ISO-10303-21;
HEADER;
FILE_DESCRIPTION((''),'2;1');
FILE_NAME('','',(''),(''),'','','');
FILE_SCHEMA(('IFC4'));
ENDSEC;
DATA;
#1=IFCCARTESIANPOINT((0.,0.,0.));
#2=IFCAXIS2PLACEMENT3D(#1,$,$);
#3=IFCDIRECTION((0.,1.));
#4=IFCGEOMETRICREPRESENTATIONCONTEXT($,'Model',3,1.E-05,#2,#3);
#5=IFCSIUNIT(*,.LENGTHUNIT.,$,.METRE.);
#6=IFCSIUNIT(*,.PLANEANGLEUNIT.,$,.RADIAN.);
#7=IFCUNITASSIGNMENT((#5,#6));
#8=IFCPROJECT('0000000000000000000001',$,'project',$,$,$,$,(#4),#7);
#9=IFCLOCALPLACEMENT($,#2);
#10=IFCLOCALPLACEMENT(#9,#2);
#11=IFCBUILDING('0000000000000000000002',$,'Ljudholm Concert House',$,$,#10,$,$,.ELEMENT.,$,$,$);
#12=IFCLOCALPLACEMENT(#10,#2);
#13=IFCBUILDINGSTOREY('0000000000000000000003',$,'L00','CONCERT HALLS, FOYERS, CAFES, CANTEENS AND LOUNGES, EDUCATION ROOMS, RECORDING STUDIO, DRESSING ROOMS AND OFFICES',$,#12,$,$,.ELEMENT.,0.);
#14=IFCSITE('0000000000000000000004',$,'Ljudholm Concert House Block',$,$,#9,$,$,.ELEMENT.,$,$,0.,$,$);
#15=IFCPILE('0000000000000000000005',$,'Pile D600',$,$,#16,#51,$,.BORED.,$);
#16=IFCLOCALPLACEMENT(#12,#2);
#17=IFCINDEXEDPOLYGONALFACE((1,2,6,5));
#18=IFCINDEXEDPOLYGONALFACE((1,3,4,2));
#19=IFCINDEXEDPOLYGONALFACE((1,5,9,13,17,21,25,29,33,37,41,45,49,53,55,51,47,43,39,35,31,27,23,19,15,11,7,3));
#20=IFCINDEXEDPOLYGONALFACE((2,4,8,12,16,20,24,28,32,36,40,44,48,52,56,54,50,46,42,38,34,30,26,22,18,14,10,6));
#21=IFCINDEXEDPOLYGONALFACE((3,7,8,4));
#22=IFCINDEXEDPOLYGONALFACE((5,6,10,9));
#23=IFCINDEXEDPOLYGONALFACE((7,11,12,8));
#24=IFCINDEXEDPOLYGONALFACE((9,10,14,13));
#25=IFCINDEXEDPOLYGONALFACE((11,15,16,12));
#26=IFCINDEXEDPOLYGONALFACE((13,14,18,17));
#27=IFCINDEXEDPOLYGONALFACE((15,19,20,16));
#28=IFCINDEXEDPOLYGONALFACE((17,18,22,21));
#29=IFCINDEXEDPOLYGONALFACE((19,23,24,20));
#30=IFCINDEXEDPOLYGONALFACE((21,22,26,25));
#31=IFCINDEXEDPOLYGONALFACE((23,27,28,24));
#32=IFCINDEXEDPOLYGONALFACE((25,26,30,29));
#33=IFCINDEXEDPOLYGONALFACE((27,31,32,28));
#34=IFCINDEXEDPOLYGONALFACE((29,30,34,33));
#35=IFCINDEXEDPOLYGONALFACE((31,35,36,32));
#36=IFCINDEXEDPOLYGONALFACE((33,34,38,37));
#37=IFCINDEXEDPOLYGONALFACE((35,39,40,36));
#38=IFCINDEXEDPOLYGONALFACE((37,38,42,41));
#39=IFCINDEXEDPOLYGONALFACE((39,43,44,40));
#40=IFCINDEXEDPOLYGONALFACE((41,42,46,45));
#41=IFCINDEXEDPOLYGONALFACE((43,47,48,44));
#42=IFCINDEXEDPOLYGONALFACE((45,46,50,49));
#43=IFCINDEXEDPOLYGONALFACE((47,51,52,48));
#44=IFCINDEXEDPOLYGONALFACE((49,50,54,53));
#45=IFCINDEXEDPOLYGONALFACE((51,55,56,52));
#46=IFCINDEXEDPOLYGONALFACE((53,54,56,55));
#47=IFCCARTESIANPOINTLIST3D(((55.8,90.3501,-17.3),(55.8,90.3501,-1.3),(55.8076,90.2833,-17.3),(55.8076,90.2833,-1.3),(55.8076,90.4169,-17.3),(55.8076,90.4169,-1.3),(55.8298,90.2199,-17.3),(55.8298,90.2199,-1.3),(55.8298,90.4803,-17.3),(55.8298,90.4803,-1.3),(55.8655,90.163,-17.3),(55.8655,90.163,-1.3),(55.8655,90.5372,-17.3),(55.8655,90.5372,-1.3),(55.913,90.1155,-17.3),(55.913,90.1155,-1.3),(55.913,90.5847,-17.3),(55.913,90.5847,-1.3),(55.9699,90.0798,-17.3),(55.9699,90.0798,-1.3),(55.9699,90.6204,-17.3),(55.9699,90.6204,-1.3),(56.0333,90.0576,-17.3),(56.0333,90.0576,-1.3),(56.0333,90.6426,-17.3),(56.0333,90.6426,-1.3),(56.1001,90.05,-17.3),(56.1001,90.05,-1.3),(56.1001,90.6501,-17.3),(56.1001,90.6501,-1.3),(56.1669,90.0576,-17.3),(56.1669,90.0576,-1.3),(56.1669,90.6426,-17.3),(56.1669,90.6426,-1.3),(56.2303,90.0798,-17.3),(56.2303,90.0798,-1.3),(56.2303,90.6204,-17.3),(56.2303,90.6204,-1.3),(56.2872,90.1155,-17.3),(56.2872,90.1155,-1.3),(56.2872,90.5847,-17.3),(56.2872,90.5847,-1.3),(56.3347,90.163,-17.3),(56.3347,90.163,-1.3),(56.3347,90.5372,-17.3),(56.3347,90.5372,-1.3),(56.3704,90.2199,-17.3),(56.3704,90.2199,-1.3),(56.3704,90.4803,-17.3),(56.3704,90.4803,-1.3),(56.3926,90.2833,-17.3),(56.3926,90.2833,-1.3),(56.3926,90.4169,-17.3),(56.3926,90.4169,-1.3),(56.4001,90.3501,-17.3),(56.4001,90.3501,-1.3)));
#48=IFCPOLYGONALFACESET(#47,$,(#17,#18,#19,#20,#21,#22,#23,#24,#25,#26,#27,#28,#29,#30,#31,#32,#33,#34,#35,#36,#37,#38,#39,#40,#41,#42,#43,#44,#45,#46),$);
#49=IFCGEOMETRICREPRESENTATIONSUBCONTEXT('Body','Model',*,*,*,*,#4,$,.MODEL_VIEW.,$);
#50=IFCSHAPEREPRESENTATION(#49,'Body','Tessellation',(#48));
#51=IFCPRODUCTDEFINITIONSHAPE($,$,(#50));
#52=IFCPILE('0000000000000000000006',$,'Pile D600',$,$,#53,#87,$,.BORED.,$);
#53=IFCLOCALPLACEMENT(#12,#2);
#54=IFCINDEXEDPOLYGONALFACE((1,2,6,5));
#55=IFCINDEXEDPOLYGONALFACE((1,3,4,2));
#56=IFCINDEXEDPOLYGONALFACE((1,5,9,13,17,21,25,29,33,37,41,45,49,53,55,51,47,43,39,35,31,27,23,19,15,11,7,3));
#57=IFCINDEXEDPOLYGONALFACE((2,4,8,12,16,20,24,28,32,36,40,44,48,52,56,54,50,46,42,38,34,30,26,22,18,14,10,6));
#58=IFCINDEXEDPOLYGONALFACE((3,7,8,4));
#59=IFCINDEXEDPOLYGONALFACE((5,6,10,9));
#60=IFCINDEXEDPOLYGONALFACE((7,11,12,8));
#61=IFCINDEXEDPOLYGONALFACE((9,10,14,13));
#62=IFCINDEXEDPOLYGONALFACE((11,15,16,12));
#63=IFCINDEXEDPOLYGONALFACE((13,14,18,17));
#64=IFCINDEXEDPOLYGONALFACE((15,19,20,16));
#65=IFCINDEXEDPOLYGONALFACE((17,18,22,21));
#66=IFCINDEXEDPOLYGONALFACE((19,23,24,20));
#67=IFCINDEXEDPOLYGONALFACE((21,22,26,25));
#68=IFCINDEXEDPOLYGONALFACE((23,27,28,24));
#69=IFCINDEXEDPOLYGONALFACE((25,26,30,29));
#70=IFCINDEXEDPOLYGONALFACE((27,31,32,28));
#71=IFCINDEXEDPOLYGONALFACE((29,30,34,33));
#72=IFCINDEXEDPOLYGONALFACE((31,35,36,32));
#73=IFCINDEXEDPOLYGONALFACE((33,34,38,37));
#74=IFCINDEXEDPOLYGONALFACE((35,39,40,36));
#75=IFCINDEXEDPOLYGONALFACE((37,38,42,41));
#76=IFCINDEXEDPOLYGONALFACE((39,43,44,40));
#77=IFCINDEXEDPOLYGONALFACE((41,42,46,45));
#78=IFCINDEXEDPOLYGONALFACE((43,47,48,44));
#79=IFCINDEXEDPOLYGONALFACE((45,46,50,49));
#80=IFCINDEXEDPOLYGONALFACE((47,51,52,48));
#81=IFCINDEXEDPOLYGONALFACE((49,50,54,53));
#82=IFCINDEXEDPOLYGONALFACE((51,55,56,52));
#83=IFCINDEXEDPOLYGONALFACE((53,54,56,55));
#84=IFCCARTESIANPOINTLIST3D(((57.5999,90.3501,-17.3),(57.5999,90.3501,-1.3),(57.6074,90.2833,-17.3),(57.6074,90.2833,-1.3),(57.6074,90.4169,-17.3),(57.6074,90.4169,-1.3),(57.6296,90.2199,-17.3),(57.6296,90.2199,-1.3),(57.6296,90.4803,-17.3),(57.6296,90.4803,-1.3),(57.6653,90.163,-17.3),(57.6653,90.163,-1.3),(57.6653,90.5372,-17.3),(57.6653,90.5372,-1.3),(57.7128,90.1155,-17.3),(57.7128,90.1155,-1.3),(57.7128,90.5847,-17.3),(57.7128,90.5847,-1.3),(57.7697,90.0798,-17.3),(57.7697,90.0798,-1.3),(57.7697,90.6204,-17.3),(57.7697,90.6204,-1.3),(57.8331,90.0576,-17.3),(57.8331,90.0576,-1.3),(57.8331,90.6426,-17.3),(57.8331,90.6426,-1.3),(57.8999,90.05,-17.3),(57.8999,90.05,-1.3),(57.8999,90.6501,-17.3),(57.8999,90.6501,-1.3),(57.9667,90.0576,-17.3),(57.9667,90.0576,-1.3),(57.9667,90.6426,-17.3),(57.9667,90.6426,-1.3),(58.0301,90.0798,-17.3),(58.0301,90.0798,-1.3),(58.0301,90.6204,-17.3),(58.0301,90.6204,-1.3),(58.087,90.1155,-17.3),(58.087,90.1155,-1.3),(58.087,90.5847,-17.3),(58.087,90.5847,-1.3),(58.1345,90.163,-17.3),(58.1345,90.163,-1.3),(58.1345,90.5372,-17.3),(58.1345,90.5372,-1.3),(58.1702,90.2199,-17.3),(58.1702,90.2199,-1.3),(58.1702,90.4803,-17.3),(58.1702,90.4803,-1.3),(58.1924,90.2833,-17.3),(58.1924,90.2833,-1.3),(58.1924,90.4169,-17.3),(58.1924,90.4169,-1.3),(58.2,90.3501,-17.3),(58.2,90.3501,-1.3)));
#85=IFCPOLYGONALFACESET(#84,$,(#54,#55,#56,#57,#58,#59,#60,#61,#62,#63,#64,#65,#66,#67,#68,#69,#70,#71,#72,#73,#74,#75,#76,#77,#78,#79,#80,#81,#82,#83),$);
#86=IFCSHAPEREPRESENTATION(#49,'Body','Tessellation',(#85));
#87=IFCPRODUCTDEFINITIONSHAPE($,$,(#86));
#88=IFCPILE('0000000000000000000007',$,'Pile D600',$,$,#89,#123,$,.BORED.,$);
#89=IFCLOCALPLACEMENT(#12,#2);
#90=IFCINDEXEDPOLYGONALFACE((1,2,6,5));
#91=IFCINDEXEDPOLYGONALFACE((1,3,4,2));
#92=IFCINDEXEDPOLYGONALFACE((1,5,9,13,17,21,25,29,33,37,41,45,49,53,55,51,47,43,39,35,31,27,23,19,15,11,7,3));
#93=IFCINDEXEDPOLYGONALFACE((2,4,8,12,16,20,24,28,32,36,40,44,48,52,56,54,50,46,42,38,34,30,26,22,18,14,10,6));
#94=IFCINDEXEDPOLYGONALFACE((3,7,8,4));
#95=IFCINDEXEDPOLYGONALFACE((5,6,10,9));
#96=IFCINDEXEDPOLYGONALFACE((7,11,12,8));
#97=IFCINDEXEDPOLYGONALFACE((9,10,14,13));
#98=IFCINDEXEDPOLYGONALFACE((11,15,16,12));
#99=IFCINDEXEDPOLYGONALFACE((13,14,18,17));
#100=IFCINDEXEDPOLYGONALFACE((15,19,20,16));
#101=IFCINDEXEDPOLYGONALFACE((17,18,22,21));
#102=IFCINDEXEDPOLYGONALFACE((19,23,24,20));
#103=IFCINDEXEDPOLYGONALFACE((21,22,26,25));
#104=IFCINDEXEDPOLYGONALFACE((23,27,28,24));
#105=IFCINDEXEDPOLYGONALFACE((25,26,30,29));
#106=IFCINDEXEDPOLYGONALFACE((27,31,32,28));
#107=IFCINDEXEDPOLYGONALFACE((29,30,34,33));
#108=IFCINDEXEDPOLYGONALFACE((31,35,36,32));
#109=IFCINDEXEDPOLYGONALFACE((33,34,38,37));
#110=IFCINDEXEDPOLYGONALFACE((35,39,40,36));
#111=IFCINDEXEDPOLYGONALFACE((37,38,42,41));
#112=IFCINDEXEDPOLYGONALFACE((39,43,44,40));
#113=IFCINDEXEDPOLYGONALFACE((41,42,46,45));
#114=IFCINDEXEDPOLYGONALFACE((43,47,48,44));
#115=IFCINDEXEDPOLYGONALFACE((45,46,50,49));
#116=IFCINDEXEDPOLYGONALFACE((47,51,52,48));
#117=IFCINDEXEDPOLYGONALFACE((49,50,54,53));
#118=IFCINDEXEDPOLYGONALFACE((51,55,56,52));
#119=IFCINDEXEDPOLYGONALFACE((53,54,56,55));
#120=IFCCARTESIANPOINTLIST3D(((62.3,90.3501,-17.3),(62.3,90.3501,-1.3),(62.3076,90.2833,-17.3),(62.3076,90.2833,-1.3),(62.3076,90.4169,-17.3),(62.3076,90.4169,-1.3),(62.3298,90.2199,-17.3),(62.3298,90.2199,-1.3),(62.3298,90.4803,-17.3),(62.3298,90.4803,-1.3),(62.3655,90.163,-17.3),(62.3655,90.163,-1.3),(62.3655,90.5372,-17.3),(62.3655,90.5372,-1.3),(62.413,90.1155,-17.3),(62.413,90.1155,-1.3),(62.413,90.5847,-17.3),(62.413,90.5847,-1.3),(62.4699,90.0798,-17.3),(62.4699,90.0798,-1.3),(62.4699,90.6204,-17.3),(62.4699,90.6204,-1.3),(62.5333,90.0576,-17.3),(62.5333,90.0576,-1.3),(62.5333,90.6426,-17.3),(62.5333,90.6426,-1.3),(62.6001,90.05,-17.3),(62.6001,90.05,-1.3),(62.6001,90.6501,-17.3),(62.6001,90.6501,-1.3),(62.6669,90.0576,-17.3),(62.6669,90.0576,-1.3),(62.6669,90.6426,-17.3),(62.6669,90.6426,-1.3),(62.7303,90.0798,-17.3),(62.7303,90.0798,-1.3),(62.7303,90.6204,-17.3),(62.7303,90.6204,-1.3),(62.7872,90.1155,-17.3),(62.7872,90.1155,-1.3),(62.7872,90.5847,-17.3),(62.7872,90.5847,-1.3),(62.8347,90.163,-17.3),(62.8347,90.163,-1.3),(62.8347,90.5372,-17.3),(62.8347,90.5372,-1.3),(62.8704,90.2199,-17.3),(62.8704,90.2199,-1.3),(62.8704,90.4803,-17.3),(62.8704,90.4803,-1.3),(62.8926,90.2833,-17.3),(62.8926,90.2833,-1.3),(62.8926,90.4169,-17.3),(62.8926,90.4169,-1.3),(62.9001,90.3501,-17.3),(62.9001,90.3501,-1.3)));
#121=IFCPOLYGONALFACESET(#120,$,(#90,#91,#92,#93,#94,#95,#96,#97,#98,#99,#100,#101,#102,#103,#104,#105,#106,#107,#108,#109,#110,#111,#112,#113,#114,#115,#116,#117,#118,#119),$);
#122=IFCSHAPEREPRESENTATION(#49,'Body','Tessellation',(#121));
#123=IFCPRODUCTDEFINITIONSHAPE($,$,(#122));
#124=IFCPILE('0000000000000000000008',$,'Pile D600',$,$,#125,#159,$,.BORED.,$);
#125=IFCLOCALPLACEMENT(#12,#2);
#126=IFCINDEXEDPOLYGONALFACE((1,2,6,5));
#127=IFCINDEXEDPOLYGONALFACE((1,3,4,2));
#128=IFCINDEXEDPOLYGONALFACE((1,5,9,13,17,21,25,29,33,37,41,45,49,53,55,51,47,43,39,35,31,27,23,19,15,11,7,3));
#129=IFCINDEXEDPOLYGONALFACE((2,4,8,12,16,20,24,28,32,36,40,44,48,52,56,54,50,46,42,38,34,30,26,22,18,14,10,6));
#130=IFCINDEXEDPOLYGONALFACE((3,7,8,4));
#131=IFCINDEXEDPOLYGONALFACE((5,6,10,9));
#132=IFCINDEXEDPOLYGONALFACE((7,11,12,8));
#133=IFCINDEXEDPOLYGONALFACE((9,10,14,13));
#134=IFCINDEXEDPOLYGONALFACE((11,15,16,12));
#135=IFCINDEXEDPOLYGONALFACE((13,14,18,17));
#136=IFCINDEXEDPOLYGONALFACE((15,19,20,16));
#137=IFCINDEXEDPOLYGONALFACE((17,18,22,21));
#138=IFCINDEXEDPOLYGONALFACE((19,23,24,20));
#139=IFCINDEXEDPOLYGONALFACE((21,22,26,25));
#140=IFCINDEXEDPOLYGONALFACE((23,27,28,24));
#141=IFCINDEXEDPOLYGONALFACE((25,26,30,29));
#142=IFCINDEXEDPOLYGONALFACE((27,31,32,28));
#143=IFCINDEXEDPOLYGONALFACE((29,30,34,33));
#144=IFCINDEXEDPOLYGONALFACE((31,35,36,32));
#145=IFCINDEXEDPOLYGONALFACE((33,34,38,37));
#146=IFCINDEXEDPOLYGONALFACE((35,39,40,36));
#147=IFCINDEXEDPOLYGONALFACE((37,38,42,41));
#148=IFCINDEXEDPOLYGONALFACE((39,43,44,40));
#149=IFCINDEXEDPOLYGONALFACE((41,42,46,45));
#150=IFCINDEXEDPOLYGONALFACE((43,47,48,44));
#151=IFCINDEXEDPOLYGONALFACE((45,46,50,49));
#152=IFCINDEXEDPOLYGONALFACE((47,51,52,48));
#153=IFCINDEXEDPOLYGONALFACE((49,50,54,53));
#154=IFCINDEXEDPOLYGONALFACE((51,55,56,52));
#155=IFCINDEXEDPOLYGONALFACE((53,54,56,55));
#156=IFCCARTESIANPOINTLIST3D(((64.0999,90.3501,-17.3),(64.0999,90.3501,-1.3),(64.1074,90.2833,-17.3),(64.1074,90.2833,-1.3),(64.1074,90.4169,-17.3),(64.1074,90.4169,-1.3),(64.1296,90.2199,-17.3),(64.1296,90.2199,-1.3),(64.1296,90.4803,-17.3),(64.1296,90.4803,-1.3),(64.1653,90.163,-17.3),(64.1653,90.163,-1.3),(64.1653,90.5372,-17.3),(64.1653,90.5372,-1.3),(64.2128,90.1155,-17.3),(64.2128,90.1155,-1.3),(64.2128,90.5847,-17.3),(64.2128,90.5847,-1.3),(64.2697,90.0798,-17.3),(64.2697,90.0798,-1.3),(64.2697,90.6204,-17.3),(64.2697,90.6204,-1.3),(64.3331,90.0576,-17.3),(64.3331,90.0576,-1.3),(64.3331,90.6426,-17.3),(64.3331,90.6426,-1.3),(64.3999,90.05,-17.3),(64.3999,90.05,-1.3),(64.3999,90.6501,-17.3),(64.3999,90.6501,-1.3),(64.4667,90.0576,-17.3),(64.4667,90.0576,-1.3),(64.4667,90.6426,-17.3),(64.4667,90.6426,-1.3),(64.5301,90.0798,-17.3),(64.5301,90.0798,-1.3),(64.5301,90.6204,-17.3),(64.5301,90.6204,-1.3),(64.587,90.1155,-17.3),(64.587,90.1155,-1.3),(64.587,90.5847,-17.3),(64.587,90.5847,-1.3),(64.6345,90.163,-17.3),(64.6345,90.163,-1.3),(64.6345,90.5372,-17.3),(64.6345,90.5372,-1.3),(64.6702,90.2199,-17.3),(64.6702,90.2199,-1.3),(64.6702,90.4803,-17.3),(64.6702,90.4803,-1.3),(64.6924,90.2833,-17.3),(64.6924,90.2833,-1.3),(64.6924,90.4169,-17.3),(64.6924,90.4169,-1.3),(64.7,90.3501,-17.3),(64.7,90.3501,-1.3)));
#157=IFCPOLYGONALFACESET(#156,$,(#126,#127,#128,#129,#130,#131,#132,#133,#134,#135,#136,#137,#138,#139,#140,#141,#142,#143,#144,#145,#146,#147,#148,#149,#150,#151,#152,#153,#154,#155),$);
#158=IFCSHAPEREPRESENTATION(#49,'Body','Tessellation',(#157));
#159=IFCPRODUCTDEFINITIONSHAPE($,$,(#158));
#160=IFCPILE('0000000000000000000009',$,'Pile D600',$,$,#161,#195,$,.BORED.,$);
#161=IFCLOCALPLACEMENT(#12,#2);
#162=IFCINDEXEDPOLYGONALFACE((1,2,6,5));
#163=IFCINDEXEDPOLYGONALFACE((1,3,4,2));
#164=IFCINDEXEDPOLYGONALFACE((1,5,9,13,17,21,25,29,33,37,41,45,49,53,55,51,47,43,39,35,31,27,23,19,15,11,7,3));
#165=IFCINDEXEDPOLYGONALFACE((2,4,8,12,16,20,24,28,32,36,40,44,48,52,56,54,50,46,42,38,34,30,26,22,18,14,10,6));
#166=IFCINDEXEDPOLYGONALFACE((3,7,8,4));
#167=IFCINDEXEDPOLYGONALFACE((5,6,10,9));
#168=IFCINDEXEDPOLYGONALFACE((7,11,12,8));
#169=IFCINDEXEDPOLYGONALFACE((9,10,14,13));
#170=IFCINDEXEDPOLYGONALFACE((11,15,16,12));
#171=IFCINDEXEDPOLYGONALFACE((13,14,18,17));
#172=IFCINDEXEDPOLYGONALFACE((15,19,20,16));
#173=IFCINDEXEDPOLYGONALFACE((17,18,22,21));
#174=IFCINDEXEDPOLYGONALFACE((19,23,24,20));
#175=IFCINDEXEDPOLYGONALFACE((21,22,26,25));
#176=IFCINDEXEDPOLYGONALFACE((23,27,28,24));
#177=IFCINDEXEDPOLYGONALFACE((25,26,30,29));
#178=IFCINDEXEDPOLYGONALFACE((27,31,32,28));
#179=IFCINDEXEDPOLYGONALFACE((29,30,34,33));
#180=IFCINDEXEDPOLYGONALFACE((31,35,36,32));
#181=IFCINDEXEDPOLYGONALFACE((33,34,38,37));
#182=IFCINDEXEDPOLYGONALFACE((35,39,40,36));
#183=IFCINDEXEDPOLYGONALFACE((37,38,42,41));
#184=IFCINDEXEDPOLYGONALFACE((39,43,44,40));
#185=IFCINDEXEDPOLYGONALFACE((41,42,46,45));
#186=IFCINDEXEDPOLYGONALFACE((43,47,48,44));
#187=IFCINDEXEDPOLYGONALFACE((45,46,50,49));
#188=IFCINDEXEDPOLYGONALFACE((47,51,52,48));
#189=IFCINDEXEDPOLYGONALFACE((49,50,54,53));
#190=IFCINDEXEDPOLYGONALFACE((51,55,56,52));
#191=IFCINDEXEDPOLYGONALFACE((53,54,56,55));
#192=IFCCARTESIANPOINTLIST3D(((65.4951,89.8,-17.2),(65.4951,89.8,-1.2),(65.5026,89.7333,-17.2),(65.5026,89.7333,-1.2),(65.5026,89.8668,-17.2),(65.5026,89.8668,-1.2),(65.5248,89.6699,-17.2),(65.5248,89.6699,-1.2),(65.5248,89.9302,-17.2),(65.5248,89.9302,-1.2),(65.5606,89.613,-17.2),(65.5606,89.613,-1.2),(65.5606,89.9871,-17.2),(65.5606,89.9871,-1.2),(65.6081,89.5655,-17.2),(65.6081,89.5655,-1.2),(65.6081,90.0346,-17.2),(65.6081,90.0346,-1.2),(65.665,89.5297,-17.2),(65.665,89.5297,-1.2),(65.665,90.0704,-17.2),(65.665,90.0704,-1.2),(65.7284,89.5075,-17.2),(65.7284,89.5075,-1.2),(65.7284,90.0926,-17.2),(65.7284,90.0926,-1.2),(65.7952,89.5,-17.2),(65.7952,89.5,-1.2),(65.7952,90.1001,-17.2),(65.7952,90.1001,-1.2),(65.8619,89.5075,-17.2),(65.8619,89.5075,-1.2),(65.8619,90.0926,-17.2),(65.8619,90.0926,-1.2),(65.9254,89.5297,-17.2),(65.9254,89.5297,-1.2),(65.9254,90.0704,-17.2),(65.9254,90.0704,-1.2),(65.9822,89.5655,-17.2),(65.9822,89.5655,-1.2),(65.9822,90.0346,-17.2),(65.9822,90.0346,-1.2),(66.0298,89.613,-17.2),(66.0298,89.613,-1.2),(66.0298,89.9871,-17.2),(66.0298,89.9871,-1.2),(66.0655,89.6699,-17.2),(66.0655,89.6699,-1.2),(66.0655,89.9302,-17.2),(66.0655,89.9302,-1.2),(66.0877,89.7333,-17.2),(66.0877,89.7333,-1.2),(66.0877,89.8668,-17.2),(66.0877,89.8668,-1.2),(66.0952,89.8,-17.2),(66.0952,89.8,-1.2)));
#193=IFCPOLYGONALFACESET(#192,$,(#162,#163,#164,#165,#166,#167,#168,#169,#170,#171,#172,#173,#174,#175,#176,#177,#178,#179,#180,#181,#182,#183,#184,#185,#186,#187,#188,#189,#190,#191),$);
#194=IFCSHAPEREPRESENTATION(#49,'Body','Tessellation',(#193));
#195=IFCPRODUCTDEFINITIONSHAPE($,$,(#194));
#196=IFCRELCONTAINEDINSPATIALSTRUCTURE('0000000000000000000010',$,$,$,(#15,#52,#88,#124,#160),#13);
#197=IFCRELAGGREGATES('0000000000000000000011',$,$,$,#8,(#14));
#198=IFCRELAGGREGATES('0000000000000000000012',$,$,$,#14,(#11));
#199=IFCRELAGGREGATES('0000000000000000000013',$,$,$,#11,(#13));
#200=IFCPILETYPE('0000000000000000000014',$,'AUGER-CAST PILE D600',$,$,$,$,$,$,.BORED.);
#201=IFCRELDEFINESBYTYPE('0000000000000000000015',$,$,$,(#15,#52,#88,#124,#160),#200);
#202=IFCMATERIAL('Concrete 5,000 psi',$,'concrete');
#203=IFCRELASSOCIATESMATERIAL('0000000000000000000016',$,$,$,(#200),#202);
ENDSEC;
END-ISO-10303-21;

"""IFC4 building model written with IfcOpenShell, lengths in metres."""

from ifc_helpers import new_model, si_unit, direction, frame, origin, origin_2d, place, context, subcontext, project, spatial, circle, extrude, material, material_profile, profile_set, type_object, element, save


model = new_model("IFC4")

# Units and contexts
model_context = context("Model", 3, precision=1e-05, world=origin(), true_north=direction((0.0, 1.0)))
body_context = subcontext(model_context, "Body", "Model", "MODEL_VIEW")
ifc_project = project(units=[si_unit("LENGTHUNIT", "METRE"), si_unit("PLANEANGLEUNIT", "RADIAN")], contexts=[model_context])

# Site, building, storey
site_placement = place(None, origin())
site = spatial("IfcSite", under=ifc_project, at=site_placement, Name="Ljudholm Concert House Block", CompositionType="ELEMENT", RefElevation=0.0)
building_placement = place(site_placement, origin())
building = spatial("IfcBuilding", under=site, at=building_placement, Name="Ljudholm Concert House", CompositionType="ELEMENT")
storey_placement = place(building_placement, origin())
storey = spatial("IfcBuildingStorey", under=building, at=storey_placement, Name="L00", Description="CONCERT HALLS, FOYERS, CAFES, CANTEENS AND LOUNGES, EDUCATION ROOMS, RECORDING STUDIO, DRESSING ROOMS AND OFFICES", CompositionType="ELEMENT", Elevation=0.0)

# Piles
ifc_material_1 = material(Name="Concrete 5,000 psi", Category="concrete")
ifc_material_profile_1 = material_profile(ifc_material_1, circle(Radius=0.3, at=origin_2d()), Name="AUGER-CAST PILE D600")
ifc_profile_set_1 = profile_set([ifc_material_profile_1], Name="Concrete 5,000 psi")
pile_type_1 = type_object("IfcPileType", Name="AUGER-CAST PILE D600", PredefinedType="BORED", material=ifc_profile_set_1)
for number, where, z_axis, x_axis, name in (
    (1, (56.1001, 90.3501, -1.3), (0.0, 0.0, -1.0), (1.0, 0.0, 0.0), "Pile D600"),
    (2, (57.8999, 90.3501, -1.3), (0.0, 0.0, -1.0), (1.0, 0.0, 0.0), "Pile D600"),
    (3, (62.6001, 90.3501, -1.3), (0.0, 0.0, -1.0), (1.0, 0.0, 0.0), "Pile D600"),
    (4, (64.3999, 90.3501, -1.3), (0.0, 0.0, -1.0), (1.0, 0.0, 0.0), "Pile D600"),
    (5, (65.7952, 89.8, -1.2), (0.0, 0.0, -1.0), (1.0, 0.0, 0.0), "Pile D600"),
):
    element("IfcPile", number, at=place(storey_placement, frame(where, z_axis=z_axis, x_axis=x_axis)), inside=storey, type_object=pile_type_1, Name=name, PredefinedType="BORED", context=body_context, shape_type="SweptSolid", body=[
        extrude(circle(Radius=0.3, at=origin_2d()), origin(), (0.0, 0.0, 1.0), 16.0),
    ])

save(model, "model.ifc")
